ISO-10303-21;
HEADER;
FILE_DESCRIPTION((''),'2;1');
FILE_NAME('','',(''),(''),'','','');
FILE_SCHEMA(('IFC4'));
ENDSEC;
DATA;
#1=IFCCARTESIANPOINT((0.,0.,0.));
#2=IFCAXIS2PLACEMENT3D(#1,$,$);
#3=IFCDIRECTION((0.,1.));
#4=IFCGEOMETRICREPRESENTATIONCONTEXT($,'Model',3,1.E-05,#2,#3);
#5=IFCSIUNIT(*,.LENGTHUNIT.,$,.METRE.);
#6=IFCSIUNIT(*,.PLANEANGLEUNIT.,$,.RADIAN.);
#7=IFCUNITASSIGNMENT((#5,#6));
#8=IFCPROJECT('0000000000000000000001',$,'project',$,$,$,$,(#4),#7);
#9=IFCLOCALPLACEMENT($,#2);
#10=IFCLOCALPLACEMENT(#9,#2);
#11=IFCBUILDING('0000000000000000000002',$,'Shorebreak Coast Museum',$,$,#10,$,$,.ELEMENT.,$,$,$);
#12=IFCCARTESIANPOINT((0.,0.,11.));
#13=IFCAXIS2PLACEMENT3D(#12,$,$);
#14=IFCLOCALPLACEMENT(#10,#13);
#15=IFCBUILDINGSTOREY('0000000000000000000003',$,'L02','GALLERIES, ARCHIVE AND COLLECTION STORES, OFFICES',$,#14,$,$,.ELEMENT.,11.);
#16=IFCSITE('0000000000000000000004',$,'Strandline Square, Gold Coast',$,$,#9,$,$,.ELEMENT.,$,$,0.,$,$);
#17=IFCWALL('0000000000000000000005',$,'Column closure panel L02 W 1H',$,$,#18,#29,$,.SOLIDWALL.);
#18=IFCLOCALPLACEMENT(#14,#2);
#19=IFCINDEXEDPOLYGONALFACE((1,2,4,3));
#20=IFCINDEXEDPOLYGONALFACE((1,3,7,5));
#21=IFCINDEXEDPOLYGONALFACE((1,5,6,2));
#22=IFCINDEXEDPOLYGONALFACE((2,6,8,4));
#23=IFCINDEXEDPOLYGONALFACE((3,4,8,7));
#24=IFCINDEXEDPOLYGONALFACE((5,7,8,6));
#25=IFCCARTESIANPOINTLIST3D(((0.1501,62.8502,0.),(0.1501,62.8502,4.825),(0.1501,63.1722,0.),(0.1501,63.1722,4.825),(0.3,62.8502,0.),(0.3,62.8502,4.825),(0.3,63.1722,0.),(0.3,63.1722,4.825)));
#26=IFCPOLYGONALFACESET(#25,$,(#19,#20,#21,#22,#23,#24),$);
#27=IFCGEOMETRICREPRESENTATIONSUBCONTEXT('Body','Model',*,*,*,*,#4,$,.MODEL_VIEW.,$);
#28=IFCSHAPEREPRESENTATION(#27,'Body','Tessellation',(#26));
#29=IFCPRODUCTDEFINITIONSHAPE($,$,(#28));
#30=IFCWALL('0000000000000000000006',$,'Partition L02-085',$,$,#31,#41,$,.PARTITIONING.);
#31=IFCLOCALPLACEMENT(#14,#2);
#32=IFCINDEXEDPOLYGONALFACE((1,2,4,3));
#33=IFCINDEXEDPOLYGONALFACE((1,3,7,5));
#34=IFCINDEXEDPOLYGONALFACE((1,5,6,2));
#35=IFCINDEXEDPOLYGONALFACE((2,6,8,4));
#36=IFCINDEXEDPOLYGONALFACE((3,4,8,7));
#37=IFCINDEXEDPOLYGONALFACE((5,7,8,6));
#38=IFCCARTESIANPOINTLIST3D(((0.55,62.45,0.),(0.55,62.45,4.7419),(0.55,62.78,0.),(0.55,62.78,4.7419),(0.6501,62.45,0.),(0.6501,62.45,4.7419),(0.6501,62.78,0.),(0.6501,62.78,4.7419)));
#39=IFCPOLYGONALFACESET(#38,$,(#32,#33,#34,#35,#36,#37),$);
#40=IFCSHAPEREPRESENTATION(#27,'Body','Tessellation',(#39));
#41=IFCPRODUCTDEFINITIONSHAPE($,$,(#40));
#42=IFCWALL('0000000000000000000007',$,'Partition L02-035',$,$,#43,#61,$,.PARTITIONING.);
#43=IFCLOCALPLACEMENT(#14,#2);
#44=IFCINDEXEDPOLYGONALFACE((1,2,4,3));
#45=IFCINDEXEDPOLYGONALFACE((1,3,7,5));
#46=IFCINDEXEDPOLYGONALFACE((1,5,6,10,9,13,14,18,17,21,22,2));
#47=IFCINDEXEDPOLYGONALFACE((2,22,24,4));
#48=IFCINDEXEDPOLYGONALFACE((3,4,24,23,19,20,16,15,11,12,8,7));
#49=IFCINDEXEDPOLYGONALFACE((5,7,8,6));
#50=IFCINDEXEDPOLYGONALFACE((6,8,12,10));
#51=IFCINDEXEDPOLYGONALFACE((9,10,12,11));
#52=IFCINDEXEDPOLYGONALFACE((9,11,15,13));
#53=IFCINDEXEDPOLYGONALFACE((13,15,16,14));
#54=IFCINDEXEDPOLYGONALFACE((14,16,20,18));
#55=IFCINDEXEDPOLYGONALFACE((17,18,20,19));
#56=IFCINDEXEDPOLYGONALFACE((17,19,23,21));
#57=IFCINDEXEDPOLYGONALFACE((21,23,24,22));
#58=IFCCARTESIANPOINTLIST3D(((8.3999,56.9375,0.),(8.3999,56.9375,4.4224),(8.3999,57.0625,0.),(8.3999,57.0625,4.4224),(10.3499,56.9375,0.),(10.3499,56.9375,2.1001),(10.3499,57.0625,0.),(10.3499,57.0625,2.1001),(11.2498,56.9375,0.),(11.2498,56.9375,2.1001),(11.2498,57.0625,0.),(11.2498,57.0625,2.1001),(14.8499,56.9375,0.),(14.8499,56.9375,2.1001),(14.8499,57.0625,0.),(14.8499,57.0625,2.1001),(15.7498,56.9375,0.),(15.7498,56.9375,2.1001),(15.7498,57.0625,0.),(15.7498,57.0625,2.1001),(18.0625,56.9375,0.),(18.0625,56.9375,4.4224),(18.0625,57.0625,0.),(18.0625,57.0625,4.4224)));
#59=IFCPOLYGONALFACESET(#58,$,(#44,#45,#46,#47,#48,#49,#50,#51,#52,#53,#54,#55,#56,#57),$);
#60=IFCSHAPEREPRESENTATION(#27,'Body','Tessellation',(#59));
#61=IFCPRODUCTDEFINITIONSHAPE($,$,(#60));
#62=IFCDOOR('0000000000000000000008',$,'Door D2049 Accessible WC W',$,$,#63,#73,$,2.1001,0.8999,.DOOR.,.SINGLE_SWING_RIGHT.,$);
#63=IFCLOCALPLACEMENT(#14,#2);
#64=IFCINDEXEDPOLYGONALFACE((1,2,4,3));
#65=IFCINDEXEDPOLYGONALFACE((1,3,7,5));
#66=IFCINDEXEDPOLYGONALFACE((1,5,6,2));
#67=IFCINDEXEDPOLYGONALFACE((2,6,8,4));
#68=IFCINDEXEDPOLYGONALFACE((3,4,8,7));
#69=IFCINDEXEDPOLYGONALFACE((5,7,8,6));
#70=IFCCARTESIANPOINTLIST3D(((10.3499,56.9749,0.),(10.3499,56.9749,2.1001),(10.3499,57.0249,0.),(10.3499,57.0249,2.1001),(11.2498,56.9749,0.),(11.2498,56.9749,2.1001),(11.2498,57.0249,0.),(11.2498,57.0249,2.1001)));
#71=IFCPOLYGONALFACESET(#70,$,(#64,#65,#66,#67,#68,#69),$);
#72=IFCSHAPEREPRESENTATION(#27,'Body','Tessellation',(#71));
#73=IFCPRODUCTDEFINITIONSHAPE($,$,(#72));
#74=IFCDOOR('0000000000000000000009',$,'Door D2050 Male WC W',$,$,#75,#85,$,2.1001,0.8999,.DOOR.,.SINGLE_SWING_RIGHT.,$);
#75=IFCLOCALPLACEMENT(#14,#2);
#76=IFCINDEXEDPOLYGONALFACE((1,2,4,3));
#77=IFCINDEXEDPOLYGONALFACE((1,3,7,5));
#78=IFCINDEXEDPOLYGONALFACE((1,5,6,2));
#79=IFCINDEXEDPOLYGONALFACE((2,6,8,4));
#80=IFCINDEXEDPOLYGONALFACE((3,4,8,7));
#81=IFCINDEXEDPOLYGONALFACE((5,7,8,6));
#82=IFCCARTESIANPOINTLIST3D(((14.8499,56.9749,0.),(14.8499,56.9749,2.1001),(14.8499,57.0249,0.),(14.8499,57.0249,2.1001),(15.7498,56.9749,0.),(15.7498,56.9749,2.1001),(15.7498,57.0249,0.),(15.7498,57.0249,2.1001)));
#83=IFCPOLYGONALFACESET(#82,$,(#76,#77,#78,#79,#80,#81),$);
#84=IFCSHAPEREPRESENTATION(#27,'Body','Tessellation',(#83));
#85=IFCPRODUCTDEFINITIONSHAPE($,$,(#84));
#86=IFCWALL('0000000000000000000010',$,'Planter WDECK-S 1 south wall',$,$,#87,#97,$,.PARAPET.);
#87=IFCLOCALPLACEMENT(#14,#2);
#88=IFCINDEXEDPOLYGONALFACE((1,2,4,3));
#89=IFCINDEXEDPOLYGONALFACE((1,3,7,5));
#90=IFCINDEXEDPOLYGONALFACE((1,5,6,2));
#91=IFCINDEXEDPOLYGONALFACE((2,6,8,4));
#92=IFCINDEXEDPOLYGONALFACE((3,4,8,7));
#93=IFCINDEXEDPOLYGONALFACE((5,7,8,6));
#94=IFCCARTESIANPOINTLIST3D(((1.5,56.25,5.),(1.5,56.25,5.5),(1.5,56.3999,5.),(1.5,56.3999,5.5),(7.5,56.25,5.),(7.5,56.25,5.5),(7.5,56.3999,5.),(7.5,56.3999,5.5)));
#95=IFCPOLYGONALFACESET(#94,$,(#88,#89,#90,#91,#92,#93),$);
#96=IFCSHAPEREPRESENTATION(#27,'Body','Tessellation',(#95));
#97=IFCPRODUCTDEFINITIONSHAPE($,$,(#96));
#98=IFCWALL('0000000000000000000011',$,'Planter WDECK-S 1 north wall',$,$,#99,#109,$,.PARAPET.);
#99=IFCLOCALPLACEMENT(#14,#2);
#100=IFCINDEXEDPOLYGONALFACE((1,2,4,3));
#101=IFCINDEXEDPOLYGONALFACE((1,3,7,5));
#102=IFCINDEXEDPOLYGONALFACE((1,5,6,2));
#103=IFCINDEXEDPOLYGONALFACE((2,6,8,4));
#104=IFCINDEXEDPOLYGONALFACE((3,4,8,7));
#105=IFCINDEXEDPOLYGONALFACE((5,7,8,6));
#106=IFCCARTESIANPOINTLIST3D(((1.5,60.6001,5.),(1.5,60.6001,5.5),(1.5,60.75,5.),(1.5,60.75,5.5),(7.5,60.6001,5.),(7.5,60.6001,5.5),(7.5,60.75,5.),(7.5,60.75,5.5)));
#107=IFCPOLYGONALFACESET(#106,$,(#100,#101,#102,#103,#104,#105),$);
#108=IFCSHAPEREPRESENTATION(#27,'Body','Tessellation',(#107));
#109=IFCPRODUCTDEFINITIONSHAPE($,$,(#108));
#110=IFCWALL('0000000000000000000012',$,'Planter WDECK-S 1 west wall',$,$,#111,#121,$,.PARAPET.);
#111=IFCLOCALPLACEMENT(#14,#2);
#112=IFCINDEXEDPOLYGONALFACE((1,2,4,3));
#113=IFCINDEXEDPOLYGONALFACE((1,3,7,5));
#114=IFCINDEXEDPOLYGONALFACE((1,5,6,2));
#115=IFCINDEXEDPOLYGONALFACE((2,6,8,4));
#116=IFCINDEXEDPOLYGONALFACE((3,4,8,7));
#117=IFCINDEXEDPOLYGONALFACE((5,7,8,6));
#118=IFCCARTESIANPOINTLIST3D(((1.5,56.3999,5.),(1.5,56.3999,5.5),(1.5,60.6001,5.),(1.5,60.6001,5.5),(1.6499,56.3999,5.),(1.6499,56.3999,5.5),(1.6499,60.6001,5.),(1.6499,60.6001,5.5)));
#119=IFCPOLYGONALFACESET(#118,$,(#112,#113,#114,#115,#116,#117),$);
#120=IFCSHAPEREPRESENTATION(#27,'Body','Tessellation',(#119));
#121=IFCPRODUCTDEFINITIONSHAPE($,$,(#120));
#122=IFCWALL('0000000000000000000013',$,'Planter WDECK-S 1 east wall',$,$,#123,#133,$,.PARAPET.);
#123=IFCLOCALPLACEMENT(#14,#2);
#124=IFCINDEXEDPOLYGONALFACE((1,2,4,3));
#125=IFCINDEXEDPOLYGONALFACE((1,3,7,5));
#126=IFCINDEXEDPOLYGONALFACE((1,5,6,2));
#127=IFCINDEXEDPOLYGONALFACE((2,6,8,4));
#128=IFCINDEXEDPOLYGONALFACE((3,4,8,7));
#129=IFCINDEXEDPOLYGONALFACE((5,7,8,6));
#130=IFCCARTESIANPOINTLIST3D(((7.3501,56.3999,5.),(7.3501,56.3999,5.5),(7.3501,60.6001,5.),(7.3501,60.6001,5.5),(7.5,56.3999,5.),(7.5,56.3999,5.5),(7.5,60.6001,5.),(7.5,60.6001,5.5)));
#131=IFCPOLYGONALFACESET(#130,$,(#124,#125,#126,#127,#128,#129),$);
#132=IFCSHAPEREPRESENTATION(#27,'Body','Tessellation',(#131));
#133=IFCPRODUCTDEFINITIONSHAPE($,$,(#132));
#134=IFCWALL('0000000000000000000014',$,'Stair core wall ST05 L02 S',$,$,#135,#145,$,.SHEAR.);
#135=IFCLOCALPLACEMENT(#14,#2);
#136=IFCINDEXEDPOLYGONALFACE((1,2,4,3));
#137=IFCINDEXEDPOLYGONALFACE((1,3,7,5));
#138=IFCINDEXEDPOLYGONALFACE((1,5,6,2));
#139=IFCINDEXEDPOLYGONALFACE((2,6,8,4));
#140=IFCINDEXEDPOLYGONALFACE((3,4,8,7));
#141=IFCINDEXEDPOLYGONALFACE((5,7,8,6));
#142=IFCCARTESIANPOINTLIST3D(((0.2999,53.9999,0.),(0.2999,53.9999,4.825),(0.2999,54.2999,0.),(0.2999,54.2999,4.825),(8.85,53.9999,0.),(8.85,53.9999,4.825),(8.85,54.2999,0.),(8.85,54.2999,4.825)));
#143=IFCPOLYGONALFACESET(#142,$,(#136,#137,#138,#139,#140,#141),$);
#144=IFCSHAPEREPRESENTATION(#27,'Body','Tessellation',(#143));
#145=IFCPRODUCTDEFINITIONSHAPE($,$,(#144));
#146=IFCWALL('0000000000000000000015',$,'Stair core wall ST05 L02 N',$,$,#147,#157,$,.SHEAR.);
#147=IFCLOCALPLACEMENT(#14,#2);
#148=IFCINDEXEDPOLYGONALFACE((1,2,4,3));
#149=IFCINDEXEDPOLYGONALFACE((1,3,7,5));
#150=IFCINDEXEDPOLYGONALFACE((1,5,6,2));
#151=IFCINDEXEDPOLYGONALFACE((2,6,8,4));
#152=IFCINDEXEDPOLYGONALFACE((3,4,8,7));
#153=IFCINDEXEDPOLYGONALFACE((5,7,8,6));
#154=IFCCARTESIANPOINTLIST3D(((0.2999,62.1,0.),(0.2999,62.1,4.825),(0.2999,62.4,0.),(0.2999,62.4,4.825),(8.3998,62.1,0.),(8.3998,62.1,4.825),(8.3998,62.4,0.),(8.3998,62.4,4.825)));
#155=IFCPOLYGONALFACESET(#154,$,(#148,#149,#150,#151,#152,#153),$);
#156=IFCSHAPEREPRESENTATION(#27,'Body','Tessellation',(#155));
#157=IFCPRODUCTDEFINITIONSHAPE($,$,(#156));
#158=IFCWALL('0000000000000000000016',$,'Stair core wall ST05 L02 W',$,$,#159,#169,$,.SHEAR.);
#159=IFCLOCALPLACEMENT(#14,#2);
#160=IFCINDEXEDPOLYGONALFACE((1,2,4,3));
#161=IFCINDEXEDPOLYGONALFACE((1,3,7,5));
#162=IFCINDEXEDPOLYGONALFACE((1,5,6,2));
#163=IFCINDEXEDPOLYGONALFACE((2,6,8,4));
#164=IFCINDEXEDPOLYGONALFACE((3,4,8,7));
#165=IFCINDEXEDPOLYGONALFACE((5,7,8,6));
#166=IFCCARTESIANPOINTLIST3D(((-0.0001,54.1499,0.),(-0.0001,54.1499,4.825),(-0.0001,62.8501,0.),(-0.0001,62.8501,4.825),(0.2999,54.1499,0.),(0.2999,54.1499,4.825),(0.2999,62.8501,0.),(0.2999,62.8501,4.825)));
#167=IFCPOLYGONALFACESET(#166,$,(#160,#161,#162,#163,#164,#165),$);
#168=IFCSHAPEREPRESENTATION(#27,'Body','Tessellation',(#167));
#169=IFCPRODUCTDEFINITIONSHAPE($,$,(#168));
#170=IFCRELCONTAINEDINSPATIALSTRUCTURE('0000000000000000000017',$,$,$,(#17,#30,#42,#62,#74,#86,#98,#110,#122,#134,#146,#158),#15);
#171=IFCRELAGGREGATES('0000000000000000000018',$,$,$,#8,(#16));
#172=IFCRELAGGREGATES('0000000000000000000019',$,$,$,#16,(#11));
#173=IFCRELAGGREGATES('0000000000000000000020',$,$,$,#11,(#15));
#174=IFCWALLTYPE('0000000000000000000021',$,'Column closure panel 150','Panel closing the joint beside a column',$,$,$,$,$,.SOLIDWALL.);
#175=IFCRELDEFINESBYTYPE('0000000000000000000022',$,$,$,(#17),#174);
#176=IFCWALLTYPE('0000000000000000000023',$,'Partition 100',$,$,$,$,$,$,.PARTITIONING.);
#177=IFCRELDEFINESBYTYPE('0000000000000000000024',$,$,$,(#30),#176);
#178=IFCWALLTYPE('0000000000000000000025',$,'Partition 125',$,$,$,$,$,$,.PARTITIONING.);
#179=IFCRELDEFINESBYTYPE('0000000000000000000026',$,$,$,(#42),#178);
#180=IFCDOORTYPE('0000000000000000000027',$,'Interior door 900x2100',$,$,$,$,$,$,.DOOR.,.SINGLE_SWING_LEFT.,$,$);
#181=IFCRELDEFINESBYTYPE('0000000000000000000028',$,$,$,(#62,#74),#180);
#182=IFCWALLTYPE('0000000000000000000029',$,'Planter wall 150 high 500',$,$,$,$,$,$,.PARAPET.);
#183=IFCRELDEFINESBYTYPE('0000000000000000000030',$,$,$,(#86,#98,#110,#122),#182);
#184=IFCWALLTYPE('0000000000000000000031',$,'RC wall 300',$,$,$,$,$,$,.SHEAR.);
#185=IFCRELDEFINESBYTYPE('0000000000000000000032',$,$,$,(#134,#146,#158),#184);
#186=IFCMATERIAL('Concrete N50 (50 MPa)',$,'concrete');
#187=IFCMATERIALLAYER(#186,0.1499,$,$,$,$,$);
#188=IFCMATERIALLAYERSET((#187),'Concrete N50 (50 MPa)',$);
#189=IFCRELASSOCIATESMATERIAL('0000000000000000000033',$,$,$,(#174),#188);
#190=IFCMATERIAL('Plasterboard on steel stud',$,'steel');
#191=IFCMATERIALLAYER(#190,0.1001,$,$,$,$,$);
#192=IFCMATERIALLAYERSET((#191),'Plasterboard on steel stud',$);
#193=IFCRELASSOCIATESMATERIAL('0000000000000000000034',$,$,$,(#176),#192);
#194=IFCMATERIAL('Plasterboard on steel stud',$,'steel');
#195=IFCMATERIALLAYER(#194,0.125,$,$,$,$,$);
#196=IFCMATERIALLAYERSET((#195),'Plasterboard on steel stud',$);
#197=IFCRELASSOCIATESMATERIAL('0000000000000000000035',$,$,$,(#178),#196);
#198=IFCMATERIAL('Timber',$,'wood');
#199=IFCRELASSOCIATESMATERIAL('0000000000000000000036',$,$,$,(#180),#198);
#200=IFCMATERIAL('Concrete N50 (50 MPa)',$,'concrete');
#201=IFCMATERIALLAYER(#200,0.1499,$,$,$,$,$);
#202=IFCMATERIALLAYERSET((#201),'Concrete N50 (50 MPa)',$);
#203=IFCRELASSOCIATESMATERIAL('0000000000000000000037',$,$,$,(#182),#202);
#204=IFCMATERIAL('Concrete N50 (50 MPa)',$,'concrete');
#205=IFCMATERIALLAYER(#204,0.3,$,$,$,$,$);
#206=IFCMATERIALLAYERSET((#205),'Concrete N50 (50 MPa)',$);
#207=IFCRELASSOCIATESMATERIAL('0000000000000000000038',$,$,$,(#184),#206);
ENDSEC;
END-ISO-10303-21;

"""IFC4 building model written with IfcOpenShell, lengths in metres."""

from ifc_helpers import new_model, si_unit, direction, frame, frame_2d, origin, place, context, subcontext, project, spatial, rectangle, extrude, material, layer, layer_set, type_object, element, fill, save


model = new_model("IFC4")

# Units and contexts
model_context = context("Model", 3, precision=1e-05, world=origin(), true_north=direction((0.0, 1.0)))
body_context = subcontext(model_context, "Body", "Model", "MODEL_VIEW")
ifc_project = project(units=[si_unit("LENGTHUNIT", "METRE"), si_unit("PLANEANGLEUNIT", "RADIAN")], contexts=[model_context])

# Site, building, storey
site_placement = place(None, origin())
site = spatial("IfcSite", under=ifc_project, at=site_placement, Name="Strandline Square, Gold Coast", CompositionType="ELEMENT", RefElevation=0.0)
building_placement = place(site_placement, origin())
building = spatial("IfcBuilding", under=site, at=building_placement, Name="Shorebreak Coast Museum", CompositionType="ELEMENT")
storey_placement = place(building_placement, frame((0.0, 0.0, 11.0)))
storey = spatial("IfcBuildingStorey", under=building, at=storey_placement, Name="L02", Description="GALLERIES, ARCHIVE AND COLLECTION STORES, OFFICES", CompositionType="ELEMENT", Elevation=11.0)

# Walls
ifc_material_1 = material(Name="Concrete N50 (50 MPa)", Category="concrete")
ifc_layer_1 = layer(ifc_material_1, 0.1499)
ifc_layer_set_1 = layer_set([ifc_layer_1], Name="Concrete N50 (50 MPa)")
wall_type_1 = type_object("IfcWallType", Name="Column closure panel 150", Description="Panel closing the joint beside a column", PredefinedType="SOLIDWALL", material=ifc_layer_set_1)
wall_1_placement = place(storey_placement, frame((0.2251, 62.8501, 0.0), z_axis=(0.0, 0.0, 1.0), x_axis=(0.0, 1.0, 0.0)))
element("IfcWall", 1, at=wall_1_placement, inside=storey, type_object=wall_type_1, Name="Column closure panel L02 W 1H", PredefinedType="SOLIDWALL", context=body_context, shape_type="SweptSolid", body=[
    extrude(rectangle(XDim=0.322, YDim=0.1499, at=frame_2d((0.1611, 0.0))), origin(), (0.0, 0.0, 1.0), 4.825),
])
ifc_material_2 = material(Name="Plasterboard on steel stud", Category="steel")
ifc_layer_2 = layer(ifc_material_2, 0.1001)
ifc_layer_set_2 = layer_set([ifc_layer_2], Name="Plasterboard on steel stud")
wall_type_2 = type_object("IfcWallType", Name="Partition 100", PredefinedType="PARTITIONING", material=ifc_layer_set_2)
wall_2_placement = place(storey_placement, frame((0.6001, 62.45, 0.0), z_axis=(0.0, 0.0, 1.0), x_axis=(0.0, 1.0, 0.0)))
element("IfcWall", 2, at=wall_2_placement, inside=storey, type_object=wall_type_2, Name="Partition L02-085", PredefinedType="PARTITIONING", context=body_context, shape_type="SweptSolid", body=[
    extrude(rectangle(XDim=0.3301, YDim=0.1001, at=frame_2d((0.165, 0.0))), origin(), (0.0, 0.0, 1.0), 4.7419),
])

# Wall, openings, doors
ifc_material_3 = material(Name="Plasterboard on steel stud", Category="steel")
ifc_layer_3 = layer(ifc_material_3, 0.125)
ifc_layer_set_3 = layer_set([ifc_layer_3], Name="Plasterboard on steel stud")
wall_type_3 = type_object("IfcWallType", Name="Partition 125", PredefinedType="PARTITIONING", material=ifc_layer_set_3)
wall_3_placement = place(storey_placement, frame((8.3999, 57.0, 0.0), z_axis=(0.0, 0.0, 1.0), x_axis=(1.0, 0.0, 0.0)))
wall_3 = element("IfcWall", 3, at=wall_3_placement, inside=storey, type_object=wall_type_3, Name="Partition L02-035", PredefinedType="PARTITIONING", context=body_context, shape_type="SweptSolid", body=[
    extrude(rectangle(XDim=9.6626, YDim=0.125, at=frame_2d((4.8313, 0.0))), origin(), (0.0, 0.0, 1.0), 4.4224),
])
opening_1_placement = place(wall_3_placement, frame((1.95, 0.0, 0.0)))
opening_1 = element("IfcOpeningElement", 4, at=opening_1_placement, cuts=wall_3, PredefinedType="OPENING", context=body_context, shape_type="SweptSolid", body=[
    extrude(rectangle(XDim=0.8999, YDim=2.1001, at=frame_2d((0.45, 1.05))), frame((0.0, 0.0725, 0.0), z_axis=(0.0, -1.0, 0.0), x_axis=(1.0, 0.0, 0.0)), (0.0, 0.0, 1.0), 0.145),
])
opening_2_placement = place(wall_3_placement, frame((6.45, 0.0, 0.0)))
opening_2 = element("IfcOpeningElement", 5, at=opening_2_placement, cuts=wall_3, PredefinedType="OPENING", context=body_context, shape_type="SweptSolid", body=[
    extrude(rectangle(XDim=0.8999, YDim=2.1001, at=frame_2d((0.45, 1.05))), frame((0.0, 0.0725, 0.0), z_axis=(0.0, -1.0, 0.0), x_axis=(1.0, 0.0, 0.0)), (0.0, 0.0, 1.0), 0.145),
])
ifc_material_4 = material(Name="Timber", Category="wood")
door_type_1 = type_object("IfcDoorType", Name="Interior door 900x2100", OperationType="SINGLE_SWING_LEFT", PredefinedType="DOOR", material=ifc_material_4)
door_1_placement = place(opening_1_placement, origin())
door_1 = element("IfcDoor", 6, at=door_1_placement, inside=storey, type_object=door_type_1, Name="Door D2049 Accessible WC W", OperationType="SINGLE_SWING_RIGHT", OverallHeight=2.1001, OverallWidth=0.8999, PredefinedType="DOOR", context=body_context, shape_type="SweptSolid", body=[
    extrude(rectangle(XDim=0.8999, YDim=2.1001, at=frame_2d((0.45, 1.05))), frame((0.0, 0.0249, 0.0), z_axis=(0.0, -1.0, 0.0), x_axis=(1.0, 0.0, 0.0)), (0.0, 0.0, 1.0), 0.05),
])
fill(opening_1, door_1)
door_2_placement = place(opening_2_placement, origin())
door_2 = element("IfcDoor", 7, at=door_2_placement, inside=storey, type_object=door_type_1, Name="Door D2050 Male WC W", OperationType="SINGLE_SWING_RIGHT", OverallHeight=2.1001, OverallWidth=0.8999, PredefinedType="DOOR", context=body_context, shape_type="SweptSolid", body=[
    extrude(rectangle(XDim=0.8999, YDim=2.1001, at=frame_2d((0.45, 1.05))), frame((0.0, 0.0249, 0.0), z_axis=(0.0, -1.0, 0.0), x_axis=(1.0, 0.0, 0.0)), (0.0, 0.0, 1.0), 0.05),
])
fill(opening_2, door_2)

# Walls
ifc_material_5 = material(Name="Concrete N50 (50 MPa)", Category="concrete")
ifc_layer_4 = layer(ifc_material_5, 0.1499)
ifc_layer_set_4 = layer_set([ifc_layer_4], Name="Concrete N50 (50 MPa)")
wall_type_4 = type_object("IfcWallType", Name="Planter wall 150 high 500", PredefinedType="PARAPET", material=ifc_layer_set_4)
for number, where, z_axis, x_axis, name in (
    (8, (1.5, 56.325, 5.0), (0.0, 0.0, 1.0), (1.0, 0.0, 0.0), "Planter WDECK-S 1 south wall"),
    (9, (1.5, 60.675, 5.0), (0.0, 0.0, 1.0), (1.0, 0.0, 0.0), "Planter WDECK-S 1 north wall"),
):
    element("IfcWall", number, at=place(storey_placement, frame(where, z_axis=z_axis, x_axis=x_axis)), inside=storey, type_object=wall_type_4, Name=name, PredefinedType="PARAPET", context=body_context, shape_type="SweptSolid", body=[
        extrude(rectangle(XDim=6.0, YDim=0.1499, at=frame_2d((3.0, 0.0))), origin(), (0.0, 0.0, 1.0), 0.5),
    ])
for number, where, z_axis, x_axis, name in (
    (10, (1.575, 56.3999, 5.0), (0.0, 0.0, 1.0), (0.0, 1.0, 0.0), "Planter WDECK-S 1 west wall"),
    (11, (7.425, 56.3999, 5.0), (0.0, 0.0, 1.0), (0.0, 1.0, 0.0), "Planter WDECK-S 1 east wall"),
):
    element("IfcWall", number, at=place(storey_placement, frame(where, z_axis=z_axis, x_axis=x_axis)), inside=storey, type_object=wall_type_4, Name=name, PredefinedType="PARAPET", context=body_context, shape_type="SweptSolid", body=[
        extrude(rectangle(XDim=4.2002, YDim=0.1499, at=frame_2d((2.1001, 0.0))), origin(), (0.0, 0.0, 1.0), 0.5),
    ])
ifc_material_6 = material(Name="Concrete N50 (50 MPa)", Category="concrete")
ifc_layer_5 = layer(ifc_material_6, 0.3)
ifc_layer_set_5 = layer_set([ifc_layer_5], Name="Concrete N50 (50 MPa)")
wall_type_5 = type_object("IfcWallType", Name="RC wall 300", PredefinedType="SHEAR", material=ifc_layer_set_5)
wall_4_placement = place(storey_placement, frame((0.3, 54.1499, 0.0), z_axis=(0.0, 0.0, 1.0), x_axis=(1.0, 0.0, 0.0)))
element("IfcWall", 12, at=wall_4_placement, inside=storey, type_object=wall_type_5, Name="Stair core wall ST05 L02 S", PredefinedType="SHEAR", context=body_context, shape_type="SweptSolid", body=[
    extrude(rectangle(XDim=8.55, YDim=0.3, at=frame_2d((4.2749, 0.0))), origin(), (0.0, 0.0, 1.0), 4.825),
])
wall_5_placement = place(storey_placement, frame((0.3, 62.25, 0.0), z_axis=(0.0, 0.0, 1.0), x_axis=(1.0, 0.0, 0.0)))
element("IfcWall", 13, at=wall_5_placement, inside=storey, type_object=wall_type_5, Name="Stair core wall ST05 L02 N", PredefinedType="SHEAR", context=body_context, shape_type="SweptSolid", body=[
    extrude(rectangle(XDim=8.0999, YDim=0.3, at=frame_2d((4.0498, 0.0))), origin(), (0.0, 0.0, 1.0), 4.825),
])
wall_6_placement = place(storey_placement, frame((0.1499, 54.1499, 0.0), z_axis=(0.0, 0.0, 1.0), x_axis=(0.0, 1.0, 0.0)))
element("IfcWall", 14, at=wall_6_placement, inside=storey, type_object=wall_type_5, Name="Stair core wall ST05 L02 W", PredefinedType="SHEAR", context=body_context, shape_type="SweptSolid", body=[
    extrude(rectangle(XDim=8.7002, YDim=0.3, at=frame_2d((4.3501, 0.0))), origin(), (0.0, 0.0, 1.0), 4.825),
])

save(model, "model.ifc")
